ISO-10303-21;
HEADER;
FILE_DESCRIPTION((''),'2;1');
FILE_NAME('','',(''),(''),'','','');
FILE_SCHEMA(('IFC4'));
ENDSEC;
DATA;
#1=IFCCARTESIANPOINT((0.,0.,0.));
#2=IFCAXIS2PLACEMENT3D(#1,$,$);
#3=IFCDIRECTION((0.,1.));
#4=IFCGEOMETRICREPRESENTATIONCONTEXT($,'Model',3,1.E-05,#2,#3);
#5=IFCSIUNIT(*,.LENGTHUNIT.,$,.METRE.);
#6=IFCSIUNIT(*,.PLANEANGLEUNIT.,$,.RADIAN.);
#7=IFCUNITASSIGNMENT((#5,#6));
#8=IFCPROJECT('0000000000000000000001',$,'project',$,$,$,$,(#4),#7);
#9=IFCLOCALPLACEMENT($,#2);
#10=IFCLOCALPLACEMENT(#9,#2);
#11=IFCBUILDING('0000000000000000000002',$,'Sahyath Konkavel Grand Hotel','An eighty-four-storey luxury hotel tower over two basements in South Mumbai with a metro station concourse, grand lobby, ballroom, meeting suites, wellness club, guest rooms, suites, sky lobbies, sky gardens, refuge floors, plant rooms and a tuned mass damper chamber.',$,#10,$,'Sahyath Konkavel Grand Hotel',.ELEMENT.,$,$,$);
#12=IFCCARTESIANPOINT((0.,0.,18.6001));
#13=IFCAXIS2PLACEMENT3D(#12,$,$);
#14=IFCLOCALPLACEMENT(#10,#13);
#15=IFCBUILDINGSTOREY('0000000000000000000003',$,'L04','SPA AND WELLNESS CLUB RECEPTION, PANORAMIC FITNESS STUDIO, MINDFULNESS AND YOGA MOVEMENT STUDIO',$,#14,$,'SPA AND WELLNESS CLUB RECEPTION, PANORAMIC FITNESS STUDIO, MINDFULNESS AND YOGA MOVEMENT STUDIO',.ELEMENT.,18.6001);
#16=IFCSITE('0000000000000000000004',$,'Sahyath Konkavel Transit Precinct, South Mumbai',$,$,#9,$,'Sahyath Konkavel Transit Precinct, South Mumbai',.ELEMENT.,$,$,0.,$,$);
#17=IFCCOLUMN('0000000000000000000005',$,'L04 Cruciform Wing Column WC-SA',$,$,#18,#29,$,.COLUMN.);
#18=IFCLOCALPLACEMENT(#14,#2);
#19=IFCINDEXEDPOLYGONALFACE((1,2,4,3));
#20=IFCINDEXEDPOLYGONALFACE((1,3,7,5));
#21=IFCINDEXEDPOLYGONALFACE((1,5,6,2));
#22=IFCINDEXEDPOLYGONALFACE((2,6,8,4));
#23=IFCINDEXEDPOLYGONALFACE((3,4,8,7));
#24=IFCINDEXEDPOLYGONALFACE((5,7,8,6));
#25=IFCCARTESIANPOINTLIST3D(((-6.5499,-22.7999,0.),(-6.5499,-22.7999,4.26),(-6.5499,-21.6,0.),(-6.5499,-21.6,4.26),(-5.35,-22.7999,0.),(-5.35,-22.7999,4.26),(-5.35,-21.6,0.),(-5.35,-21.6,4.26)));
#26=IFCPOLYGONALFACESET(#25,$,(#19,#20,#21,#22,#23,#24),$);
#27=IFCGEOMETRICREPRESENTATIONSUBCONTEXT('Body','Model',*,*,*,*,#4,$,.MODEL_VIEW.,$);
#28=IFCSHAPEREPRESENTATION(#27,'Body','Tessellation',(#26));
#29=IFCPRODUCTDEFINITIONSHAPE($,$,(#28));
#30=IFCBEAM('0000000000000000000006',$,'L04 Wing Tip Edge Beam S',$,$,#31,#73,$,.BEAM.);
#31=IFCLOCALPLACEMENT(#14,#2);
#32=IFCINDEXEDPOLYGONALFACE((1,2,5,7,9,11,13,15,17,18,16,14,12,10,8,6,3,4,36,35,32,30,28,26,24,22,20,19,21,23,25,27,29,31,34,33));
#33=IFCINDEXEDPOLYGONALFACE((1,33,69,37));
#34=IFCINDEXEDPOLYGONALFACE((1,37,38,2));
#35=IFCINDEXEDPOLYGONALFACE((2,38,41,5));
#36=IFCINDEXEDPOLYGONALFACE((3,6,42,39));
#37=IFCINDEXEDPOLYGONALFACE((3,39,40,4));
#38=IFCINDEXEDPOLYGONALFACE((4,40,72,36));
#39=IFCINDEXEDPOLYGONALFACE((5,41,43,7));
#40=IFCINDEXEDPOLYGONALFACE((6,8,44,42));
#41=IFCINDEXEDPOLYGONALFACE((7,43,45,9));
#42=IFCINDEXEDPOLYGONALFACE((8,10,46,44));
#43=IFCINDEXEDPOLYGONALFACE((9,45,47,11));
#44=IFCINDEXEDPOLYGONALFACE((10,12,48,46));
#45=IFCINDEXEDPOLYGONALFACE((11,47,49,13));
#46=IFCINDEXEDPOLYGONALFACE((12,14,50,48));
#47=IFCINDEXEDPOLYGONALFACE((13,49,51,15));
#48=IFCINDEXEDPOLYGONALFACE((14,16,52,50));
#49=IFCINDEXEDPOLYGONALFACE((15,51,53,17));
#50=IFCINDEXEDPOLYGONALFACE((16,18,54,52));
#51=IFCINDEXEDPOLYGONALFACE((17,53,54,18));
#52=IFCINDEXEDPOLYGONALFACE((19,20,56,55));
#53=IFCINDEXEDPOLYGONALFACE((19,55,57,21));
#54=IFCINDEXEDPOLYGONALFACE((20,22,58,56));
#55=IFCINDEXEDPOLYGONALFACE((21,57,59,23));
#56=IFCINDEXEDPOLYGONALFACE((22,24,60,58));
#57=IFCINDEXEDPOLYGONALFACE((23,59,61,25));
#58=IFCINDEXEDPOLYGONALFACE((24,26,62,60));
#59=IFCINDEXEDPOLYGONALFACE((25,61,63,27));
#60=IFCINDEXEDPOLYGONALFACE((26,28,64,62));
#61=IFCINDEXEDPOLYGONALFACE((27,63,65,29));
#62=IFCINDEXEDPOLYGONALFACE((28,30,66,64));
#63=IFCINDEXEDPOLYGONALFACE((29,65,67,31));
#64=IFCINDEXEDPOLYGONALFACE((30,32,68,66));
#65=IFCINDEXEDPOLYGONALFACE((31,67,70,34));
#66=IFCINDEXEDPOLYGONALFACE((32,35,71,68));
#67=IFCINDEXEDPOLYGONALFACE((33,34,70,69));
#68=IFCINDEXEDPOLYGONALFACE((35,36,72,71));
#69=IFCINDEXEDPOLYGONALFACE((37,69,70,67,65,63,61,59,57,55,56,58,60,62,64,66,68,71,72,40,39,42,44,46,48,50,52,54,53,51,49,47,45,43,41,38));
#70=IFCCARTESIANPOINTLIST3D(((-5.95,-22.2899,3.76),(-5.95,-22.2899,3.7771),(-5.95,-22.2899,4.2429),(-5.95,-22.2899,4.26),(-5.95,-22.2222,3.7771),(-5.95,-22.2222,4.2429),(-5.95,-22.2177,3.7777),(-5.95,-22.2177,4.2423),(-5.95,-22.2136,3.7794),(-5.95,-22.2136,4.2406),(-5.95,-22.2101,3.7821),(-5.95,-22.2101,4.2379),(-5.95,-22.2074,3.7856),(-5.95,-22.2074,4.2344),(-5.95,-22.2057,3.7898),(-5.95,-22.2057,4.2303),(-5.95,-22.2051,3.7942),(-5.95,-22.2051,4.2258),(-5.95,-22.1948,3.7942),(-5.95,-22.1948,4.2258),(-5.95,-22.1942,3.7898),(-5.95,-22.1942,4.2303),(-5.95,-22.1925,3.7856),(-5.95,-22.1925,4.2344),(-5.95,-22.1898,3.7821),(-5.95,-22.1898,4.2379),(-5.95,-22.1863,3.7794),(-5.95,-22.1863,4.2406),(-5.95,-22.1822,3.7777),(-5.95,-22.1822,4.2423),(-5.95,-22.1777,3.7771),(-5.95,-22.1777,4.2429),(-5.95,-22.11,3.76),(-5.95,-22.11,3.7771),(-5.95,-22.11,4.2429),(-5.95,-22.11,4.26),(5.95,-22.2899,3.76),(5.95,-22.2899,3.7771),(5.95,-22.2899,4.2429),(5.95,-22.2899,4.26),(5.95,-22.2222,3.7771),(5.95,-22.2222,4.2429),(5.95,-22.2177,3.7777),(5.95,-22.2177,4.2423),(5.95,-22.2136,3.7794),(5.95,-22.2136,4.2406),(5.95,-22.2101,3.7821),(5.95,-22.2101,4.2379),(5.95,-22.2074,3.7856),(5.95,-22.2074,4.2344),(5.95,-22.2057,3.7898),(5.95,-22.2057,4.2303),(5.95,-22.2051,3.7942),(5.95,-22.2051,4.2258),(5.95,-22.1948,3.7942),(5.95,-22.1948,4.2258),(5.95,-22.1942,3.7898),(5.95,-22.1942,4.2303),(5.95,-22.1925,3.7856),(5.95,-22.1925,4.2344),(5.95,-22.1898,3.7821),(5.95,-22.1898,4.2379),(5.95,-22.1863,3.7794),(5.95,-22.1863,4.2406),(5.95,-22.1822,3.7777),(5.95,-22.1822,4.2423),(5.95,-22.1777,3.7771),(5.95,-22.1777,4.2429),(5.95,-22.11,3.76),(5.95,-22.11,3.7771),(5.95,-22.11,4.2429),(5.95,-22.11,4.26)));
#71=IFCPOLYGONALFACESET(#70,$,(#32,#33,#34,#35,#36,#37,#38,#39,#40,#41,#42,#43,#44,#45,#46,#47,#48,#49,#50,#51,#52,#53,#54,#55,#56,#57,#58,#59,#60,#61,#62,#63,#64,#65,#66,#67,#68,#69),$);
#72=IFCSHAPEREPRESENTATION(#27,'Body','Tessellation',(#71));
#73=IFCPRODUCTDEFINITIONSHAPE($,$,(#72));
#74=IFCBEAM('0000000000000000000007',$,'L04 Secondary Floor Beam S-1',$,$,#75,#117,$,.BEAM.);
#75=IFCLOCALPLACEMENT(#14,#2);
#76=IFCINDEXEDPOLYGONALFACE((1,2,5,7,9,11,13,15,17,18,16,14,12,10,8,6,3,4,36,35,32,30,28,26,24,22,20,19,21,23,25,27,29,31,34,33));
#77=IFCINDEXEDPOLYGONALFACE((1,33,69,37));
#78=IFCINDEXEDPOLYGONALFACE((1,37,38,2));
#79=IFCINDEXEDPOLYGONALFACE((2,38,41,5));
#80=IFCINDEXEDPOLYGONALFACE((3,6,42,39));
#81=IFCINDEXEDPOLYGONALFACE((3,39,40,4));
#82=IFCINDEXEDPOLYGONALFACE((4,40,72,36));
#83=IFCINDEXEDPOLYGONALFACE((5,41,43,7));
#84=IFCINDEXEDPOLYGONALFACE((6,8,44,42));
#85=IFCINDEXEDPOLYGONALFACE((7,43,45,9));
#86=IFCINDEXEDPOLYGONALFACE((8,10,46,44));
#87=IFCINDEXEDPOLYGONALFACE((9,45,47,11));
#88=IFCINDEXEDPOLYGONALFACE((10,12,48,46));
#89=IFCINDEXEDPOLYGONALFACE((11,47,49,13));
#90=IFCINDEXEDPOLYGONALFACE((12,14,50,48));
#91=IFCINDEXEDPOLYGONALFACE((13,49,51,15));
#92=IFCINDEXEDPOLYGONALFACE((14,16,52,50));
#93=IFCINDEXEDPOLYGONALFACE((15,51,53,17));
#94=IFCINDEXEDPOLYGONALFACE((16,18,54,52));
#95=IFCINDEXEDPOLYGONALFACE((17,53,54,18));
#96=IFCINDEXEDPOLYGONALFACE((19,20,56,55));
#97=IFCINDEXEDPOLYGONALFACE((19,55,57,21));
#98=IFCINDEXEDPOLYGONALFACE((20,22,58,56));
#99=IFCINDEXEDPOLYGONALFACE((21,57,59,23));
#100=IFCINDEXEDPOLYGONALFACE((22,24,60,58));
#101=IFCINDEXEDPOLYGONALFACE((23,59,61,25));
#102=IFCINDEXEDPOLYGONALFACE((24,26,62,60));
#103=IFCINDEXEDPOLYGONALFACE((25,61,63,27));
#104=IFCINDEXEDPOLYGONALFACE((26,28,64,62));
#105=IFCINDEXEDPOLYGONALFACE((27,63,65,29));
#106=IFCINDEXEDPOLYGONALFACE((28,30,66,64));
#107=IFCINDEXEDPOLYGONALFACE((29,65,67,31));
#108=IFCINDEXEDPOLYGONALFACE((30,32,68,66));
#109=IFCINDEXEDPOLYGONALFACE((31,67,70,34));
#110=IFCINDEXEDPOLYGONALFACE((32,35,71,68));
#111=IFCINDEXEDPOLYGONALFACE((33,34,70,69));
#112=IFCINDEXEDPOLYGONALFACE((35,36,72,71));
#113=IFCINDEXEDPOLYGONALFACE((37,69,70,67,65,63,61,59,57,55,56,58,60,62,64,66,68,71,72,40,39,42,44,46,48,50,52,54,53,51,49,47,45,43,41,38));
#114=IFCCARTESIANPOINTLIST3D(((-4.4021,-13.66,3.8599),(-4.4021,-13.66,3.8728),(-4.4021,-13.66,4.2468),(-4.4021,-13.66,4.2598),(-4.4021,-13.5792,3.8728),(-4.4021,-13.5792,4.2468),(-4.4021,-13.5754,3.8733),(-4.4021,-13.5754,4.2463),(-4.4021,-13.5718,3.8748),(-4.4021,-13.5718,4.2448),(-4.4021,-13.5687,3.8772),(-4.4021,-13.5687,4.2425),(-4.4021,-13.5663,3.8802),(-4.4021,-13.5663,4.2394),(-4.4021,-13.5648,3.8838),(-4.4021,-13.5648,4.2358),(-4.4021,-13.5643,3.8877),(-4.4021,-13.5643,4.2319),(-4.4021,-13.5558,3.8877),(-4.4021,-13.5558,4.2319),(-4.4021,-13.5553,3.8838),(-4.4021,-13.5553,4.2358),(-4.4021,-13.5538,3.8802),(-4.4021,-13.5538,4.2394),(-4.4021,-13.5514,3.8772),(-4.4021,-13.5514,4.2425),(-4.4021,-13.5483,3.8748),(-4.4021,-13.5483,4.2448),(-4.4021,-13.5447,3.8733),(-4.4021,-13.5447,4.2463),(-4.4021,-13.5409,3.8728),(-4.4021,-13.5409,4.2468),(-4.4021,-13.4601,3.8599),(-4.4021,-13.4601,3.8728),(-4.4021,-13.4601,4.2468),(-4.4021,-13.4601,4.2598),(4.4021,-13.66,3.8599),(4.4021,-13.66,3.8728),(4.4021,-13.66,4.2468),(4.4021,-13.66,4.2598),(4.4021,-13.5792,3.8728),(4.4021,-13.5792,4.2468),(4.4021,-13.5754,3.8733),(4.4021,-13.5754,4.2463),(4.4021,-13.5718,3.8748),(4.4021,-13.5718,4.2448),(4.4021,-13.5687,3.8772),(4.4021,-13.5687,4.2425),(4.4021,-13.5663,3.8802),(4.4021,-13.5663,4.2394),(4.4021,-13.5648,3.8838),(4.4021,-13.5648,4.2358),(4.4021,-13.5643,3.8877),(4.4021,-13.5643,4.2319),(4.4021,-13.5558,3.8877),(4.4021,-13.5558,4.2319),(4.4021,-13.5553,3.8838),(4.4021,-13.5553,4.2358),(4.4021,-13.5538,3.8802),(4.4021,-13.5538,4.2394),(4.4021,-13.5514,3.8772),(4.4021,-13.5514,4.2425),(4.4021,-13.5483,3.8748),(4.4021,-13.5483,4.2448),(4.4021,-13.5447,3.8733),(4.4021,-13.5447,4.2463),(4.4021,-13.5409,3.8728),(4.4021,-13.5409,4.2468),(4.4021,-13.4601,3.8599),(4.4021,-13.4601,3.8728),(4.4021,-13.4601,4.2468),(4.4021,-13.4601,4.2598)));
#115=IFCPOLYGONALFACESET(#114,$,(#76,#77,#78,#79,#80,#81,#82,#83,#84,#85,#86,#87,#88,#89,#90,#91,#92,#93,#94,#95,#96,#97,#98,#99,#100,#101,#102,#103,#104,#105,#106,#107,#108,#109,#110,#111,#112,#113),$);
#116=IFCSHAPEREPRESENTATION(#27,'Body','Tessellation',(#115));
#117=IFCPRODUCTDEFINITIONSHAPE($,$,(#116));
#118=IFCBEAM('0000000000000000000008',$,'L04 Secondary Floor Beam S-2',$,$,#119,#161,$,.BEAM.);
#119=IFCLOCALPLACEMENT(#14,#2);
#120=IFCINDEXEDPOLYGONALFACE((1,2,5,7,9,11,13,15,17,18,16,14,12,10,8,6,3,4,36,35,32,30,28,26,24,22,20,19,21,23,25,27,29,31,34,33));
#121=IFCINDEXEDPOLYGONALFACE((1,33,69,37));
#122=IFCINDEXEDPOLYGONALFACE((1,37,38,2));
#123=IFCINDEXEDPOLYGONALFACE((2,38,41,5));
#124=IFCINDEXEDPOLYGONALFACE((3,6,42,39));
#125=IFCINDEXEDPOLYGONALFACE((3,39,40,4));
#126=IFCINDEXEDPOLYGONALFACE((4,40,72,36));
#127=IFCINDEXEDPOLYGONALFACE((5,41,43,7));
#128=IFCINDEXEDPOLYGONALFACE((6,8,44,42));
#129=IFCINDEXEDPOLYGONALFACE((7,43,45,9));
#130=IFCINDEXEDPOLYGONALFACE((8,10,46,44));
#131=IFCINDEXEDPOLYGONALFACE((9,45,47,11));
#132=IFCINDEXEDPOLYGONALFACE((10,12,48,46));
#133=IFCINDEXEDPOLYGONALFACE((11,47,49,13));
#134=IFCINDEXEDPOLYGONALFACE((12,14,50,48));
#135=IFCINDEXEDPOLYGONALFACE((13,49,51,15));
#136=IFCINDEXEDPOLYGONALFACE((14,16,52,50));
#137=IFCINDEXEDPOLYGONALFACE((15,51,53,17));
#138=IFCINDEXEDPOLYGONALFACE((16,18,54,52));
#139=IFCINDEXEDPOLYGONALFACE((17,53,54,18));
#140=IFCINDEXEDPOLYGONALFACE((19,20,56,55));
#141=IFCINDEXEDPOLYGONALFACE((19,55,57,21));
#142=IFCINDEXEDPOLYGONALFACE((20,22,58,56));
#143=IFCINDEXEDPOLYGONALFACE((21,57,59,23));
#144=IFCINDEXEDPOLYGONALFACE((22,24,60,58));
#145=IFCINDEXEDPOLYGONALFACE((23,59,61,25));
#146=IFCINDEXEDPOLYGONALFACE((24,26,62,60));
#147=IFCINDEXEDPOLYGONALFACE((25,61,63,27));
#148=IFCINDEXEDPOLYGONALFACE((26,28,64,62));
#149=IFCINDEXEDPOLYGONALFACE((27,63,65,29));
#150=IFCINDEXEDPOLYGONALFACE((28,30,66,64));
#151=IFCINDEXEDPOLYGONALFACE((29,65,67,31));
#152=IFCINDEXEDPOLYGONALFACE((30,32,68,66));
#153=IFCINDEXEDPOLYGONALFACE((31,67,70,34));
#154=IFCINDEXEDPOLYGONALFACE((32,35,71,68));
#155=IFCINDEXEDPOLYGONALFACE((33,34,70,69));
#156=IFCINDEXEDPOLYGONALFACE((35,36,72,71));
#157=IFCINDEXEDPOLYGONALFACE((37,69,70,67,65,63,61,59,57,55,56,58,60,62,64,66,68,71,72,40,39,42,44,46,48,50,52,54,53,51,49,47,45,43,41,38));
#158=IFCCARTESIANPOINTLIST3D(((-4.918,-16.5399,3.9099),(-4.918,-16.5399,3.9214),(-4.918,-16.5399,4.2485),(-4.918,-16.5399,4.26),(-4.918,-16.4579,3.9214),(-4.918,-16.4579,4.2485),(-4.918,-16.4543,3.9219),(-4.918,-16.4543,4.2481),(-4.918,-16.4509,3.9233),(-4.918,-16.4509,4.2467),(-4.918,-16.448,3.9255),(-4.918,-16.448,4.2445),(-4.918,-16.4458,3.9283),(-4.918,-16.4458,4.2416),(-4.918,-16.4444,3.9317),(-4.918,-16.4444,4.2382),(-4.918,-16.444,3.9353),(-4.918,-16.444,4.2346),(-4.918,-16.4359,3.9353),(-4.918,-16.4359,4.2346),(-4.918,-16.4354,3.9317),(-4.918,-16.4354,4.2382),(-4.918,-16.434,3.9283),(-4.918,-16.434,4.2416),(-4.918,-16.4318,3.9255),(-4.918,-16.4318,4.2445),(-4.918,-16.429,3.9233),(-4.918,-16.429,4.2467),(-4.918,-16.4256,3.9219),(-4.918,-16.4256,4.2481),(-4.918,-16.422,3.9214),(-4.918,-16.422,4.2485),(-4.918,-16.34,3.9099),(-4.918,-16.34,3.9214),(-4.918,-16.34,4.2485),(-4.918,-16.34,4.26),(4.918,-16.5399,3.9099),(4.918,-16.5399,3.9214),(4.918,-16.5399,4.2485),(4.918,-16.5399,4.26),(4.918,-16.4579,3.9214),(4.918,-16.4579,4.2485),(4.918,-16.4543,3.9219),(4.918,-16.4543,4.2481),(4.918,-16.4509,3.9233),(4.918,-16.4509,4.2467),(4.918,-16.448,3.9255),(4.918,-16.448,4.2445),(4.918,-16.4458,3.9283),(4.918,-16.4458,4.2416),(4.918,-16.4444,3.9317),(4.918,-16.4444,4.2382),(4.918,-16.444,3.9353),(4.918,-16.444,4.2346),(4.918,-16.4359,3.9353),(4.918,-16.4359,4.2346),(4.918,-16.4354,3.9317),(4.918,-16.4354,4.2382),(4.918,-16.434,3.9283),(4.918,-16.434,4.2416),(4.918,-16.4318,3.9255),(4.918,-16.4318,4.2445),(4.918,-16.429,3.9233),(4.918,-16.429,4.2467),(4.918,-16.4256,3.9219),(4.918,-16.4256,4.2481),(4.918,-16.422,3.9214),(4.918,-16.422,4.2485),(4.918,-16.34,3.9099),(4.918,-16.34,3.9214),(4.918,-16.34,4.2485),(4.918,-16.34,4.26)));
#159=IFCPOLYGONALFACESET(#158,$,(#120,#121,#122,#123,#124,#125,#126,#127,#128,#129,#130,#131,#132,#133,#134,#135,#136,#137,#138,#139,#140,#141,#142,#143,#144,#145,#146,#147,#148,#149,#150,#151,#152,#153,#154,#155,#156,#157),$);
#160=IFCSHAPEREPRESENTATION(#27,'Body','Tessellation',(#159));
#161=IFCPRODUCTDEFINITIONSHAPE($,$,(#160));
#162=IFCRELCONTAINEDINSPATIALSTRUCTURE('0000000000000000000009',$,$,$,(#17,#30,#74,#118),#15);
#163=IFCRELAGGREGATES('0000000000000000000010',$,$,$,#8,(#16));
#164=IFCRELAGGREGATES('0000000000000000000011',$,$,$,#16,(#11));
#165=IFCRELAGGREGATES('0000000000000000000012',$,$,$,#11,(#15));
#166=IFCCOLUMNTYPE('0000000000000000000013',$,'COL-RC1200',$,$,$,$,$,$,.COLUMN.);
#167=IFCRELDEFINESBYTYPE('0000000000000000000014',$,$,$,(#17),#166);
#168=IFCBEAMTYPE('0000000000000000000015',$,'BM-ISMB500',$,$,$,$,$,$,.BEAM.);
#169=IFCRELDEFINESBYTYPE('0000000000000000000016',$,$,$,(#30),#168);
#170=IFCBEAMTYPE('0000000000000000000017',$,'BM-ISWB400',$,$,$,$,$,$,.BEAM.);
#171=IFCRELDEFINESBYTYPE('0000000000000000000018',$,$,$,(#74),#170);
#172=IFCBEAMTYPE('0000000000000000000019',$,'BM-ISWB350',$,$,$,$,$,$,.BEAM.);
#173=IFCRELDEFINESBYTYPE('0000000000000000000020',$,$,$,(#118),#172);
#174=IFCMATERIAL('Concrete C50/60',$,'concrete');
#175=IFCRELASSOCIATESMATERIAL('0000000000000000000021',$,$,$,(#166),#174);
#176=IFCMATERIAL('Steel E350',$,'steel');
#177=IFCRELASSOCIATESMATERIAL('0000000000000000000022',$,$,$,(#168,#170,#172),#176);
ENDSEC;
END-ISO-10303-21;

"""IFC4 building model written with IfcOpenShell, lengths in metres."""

from ifc_helpers import new_model, si_unit, direction, frame, origin, origin_2d, place, context, subcontext, project, spatial, rectangle, i_section, extrude, source, transform, mapped, material, material_profile, profile_set, type_object, element, save


model = new_model("IFC4")

# Units and contexts
model_context = context("Model", 3, precision=1e-05, world=origin(), true_north=direction((0.0, 1.0)))
body_context = subcontext(model_context, "Body", "Model", "MODEL_VIEW")
ifc_project = project(units=[si_unit("LENGTHUNIT", "METRE"), si_unit("PLANEANGLEUNIT", "RADIAN")], contexts=[model_context])

# Site, building, storey
site_placement = place(None, origin())
site = spatial("IfcSite", under=ifc_project, at=site_placement, Name="Sahyath Konkavel Transit Precinct, South Mumbai", LongName="Sahyath Konkavel Transit Precinct, South Mumbai", CompositionType="ELEMENT", RefElevation=0.0)
building_placement = place(site_placement, origin())
building = spatial("IfcBuilding", under=site, at=building_placement, Name="Sahyath Konkavel Grand Hotel", Description="An eighty-four-storey luxury hotel tower over two basements in South Mumbai with a metro station concourse, grand lobby, ballroom, meeting suites, wellness club, guest rooms, suites, sky lobbies, sky gardens, refuge floors, plant rooms and a tuned mass damper chamber.", LongName="Sahyath Konkavel Grand Hotel", CompositionType="ELEMENT")
storey_placement = place(building_placement, frame((0.0, 0.0, 18.6001)))
storey = spatial("IfcBuildingStorey", under=building, at=storey_placement, Name="L04", Description="SPA AND WELLNESS CLUB RECEPTION, PANORAMIC FITNESS STUDIO, MINDFULNESS AND YOGA MOVEMENT STUDIO", LongName="SPA AND WELLNESS CLUB RECEPTION, PANORAMIC FITNESS STUDIO, MINDFULNESS AND YOGA MOVEMENT STUDIO", CompositionType="ELEMENT", Elevation=18.6001)

# Column
ifc_material_1 = material(Name="Concrete C50/60", Category="concrete")
ifc_material_profile_1 = material_profile(ifc_material_1, rectangle(XDim=1.2, YDim=1.2, at=origin_2d()), Name="RC 1200x1200")
ifc_profile_set_1 = profile_set([ifc_material_profile_1], Name="Concrete C50/60")
column_type = type_object("IfcColumnType", Name="COL-RC1200", PredefinedType="COLUMN", material=ifc_profile_set_1)
shared_shape_1 = source(origin(), body_context, "Body", "SweptSolid", [
    extrude(rectangle(XDim=1.2, YDim=1.2, at=origin_2d()), origin(), (0.0, 0.0, 1.0), 4.26),
])
column_placement = place(storey_placement, frame((-5.95, -22.2, 0.0), z_axis=(0.0, 0.0, 1.0), x_axis=(1.0, 0.0, 0.0)))
element("IfcColumn", 1, at=column_placement, inside=storey, type_object=column_type, Name="L04 Cruciform Wing Column WC-SA", PredefinedType="COLUMN", context=body_context, shape_type="MappedRepresentation", body=[
    mapped(shared_shape_1, transform((0.0, 0.0, 0.0), scale=1.0)),
])

# Beams
ifc_material_2 = material(Name="Steel E350", Category="steel")
ifc_material_profile_2 = material_profile(ifc_material_2, i_section(OverallWidth=0.1799, OverallDepth=0.5, WebThickness=0.0103, FlangeThickness=0.0171, FilletRadius=0.0171, at=origin_2d()), Name="ISMB 500")
ifc_profile_set_2 = profile_set([ifc_material_profile_2], Name="Steel E350")
beam_type_1 = type_object("IfcBeamType", Name="BM-ISMB500", PredefinedType="BEAM", material=ifc_profile_set_2)
shared_shape_2 = source(origin(), body_context, "Body", "SweptSolid", [
    extrude(i_section(OverallWidth=0.1799, OverallDepth=0.5, WebThickness=0.0103, FlangeThickness=0.0171, FilletRadius=0.0171, at=origin_2d()), origin(), (0.0, 0.0, 1.0), 11.8999),
])
beam_1_placement = place(storey_placement, frame((-5.95, -22.2, 4.01), z_axis=(1.0, 0.0, 0.0), x_axis=(0.0, 1.0, 0.0)))
element("IfcBeam", 2, at=beam_1_placement, inside=storey, type_object=beam_type_1, Name="L04 Wing Tip Edge Beam S", PredefinedType="BEAM", context=body_context, shape_type="MappedRepresentation", body=[
    mapped(shared_shape_2, transform((0.0, 0.0, 0.0), scale=1.0)),
])
ifc_material_profile_3 = material_profile(ifc_material_2, i_section(OverallWidth=0.2, OverallDepth=0.3999, WebThickness=0.0085, FlangeThickness=0.0129, FilletRadius=0.0149, at=origin_2d()), Name="ISWB 400")
ifc_profile_set_3 = profile_set([ifc_material_profile_3], Name="Steel E350")
beam_type_2 = type_object("IfcBeamType", Name="BM-ISWB400", PredefinedType="BEAM", material=ifc_profile_set_3)
shared_shape_3 = source(origin(), body_context, "Body", "SweptSolid", [
    extrude(i_section(OverallWidth=0.2, OverallDepth=0.3999, WebThickness=0.0085, FlangeThickness=0.0129, FilletRadius=0.0149, at=origin_2d()), origin(), (0.0, 0.0, 1.0), 8.8042),
])
beam_2_placement = place(storey_placement, frame((-4.4021, -13.5601, 4.0598), z_axis=(1.0, 0.0, 0.0), x_axis=(0.0, 1.0, 0.0)))
element("IfcBeam", 3, at=beam_2_placement, inside=storey, type_object=beam_type_2, Name="L04 Secondary Floor Beam S-1", PredefinedType="BEAM", context=body_context, shape_type="MappedRepresentation", body=[
    mapped(shared_shape_3, transform((0.0, 0.0, 0.0), scale=1.0)),
])
ifc_material_profile_4 = material_profile(ifc_material_2, i_section(OverallWidth=0.2, OverallDepth=0.3501, WebThickness=0.0081, FlangeThickness=0.0115, FilletRadius=0.0139, at=origin_2d()), Name="ISWB 350")
ifc_profile_set_4 = profile_set([ifc_material_profile_4], Name="Steel E350")
beam_type_3 = type_object("IfcBeamType", Name="BM-ISWB350", PredefinedType="BEAM", material=ifc_profile_set_4)
shared_shape_4 = source(origin(), body_context, "Body", "SweptSolid", [
    extrude(i_section(OverallWidth=0.2, OverallDepth=0.3501, WebThickness=0.0081, FlangeThickness=0.0115, FilletRadius=0.0139, at=origin_2d()), origin(), (0.0, 0.0, 1.0), 9.8359),
])
beam_3_placement = place(storey_placement, frame((-4.918, -16.4399, 4.085), z_axis=(1.0, 0.0, 0.0), x_axis=(0.0, 1.0, 0.0)))
element("IfcBeam", 4, at=beam_3_placement, inside=storey, type_object=beam_type_3, Name="L04 Secondary Floor Beam S-2", PredefinedType="BEAM", context=body_context, shape_type="MappedRepresentation", body=[
    mapped(shared_shape_4, transform((0.0, 0.0, 0.0), scale=1.0)),
])

save(model, "model.ifc")
